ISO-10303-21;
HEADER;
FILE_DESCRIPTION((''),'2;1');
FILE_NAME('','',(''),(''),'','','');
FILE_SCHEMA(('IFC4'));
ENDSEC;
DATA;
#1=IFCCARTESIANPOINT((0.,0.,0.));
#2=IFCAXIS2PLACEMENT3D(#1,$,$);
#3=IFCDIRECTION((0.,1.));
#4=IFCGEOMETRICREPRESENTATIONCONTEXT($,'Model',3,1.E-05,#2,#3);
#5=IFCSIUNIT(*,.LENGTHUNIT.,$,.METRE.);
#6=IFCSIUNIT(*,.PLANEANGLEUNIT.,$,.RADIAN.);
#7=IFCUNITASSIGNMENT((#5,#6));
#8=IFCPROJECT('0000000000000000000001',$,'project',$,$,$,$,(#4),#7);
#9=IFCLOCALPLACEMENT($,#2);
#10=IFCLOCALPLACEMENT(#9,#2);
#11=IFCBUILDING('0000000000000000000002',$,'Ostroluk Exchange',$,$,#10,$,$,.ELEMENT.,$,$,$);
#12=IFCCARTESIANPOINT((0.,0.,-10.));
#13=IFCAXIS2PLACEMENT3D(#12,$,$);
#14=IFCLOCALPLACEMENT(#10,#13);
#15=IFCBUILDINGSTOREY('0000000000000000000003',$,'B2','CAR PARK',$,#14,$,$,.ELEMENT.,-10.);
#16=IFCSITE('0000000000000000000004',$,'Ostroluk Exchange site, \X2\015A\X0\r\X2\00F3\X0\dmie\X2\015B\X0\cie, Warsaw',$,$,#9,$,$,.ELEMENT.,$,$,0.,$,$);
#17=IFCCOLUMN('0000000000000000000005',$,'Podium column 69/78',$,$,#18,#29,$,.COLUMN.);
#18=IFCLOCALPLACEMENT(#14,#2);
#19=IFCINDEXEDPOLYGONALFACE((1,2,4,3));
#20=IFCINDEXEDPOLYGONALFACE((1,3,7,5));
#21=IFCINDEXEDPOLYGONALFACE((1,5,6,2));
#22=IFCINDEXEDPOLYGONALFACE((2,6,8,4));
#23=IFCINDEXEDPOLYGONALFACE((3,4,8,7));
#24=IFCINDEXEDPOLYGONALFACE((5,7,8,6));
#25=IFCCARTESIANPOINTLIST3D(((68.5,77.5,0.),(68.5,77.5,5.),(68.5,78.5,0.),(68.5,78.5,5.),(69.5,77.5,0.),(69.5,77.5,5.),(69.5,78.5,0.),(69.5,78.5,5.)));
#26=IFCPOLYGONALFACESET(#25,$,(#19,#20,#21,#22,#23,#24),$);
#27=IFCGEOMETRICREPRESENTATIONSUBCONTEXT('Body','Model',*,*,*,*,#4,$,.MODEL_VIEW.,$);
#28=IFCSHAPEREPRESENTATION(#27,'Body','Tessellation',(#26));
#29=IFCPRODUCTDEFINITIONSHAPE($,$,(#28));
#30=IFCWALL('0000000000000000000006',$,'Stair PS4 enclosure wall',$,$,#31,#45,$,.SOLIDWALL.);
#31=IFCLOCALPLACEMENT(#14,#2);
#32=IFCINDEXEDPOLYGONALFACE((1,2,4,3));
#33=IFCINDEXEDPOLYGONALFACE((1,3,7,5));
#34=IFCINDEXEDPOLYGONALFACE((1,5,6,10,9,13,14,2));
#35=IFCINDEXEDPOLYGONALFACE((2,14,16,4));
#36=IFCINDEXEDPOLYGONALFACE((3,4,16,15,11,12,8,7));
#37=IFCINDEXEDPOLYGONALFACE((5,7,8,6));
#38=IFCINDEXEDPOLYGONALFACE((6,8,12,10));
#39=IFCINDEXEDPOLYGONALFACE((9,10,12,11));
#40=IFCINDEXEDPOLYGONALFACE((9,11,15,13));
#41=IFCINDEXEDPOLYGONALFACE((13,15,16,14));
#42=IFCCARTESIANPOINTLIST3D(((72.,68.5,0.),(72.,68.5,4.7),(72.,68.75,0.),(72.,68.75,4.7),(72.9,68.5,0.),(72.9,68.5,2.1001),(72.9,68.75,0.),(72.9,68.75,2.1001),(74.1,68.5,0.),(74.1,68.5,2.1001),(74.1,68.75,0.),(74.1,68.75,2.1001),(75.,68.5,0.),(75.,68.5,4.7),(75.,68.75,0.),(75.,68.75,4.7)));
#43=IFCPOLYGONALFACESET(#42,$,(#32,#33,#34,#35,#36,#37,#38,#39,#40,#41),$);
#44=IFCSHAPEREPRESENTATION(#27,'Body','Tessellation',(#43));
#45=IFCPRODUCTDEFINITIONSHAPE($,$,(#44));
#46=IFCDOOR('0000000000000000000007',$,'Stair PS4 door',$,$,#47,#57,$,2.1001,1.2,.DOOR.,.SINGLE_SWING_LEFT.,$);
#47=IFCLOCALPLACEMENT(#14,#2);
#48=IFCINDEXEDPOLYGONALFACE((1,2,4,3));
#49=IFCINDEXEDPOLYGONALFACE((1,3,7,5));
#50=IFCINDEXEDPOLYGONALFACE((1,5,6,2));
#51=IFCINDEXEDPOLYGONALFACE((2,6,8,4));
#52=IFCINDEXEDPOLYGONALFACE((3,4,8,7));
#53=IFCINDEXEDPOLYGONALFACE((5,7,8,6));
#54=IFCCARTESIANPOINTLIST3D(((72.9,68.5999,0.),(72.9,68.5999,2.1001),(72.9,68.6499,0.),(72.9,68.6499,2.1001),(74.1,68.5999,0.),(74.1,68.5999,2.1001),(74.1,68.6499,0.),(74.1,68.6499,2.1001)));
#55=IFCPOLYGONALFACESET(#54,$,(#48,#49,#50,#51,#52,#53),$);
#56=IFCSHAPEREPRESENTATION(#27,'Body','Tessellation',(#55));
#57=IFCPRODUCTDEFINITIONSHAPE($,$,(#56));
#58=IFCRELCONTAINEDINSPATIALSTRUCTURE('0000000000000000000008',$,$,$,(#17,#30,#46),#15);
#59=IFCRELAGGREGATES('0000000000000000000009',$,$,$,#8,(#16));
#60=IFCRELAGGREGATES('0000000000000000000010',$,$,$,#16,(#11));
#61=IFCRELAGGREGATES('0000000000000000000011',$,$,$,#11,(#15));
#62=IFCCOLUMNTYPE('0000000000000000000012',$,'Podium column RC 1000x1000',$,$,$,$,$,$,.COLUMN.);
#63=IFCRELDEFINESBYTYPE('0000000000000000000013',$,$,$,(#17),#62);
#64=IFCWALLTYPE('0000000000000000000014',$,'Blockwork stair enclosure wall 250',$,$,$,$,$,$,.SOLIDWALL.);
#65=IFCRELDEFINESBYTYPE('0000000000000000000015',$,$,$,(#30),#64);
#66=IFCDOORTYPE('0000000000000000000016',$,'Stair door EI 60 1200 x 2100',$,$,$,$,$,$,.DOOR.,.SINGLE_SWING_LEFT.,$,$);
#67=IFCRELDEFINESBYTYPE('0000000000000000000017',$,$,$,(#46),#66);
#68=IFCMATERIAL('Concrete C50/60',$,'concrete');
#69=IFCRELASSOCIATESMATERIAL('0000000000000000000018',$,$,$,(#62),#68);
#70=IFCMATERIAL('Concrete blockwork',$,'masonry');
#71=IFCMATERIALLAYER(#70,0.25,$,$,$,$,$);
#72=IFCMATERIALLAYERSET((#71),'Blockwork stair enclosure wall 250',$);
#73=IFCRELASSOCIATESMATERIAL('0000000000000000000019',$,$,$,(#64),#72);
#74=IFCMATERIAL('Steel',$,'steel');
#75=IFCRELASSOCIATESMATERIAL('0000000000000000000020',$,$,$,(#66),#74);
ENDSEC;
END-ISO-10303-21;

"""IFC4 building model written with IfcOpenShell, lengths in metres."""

from ifc_helpers import new_model, si_unit, direction, frame, frame_2d, origin, origin_2d, place, context, subcontext, project, spatial, rectangle, extrude, material, layer, layer_set, material_profile, profile_set, type_object, element, fill, save


model = new_model("IFC4")

# Units and contexts
model_context = context("Model", 3, precision=1e-05, world=origin(), true_north=direction((0.0, 1.0)))
body_context = subcontext(model_context, "Body", "Model", "MODEL_VIEW")
ifc_project = project(units=[si_unit("LENGTHUNIT", "METRE"), si_unit("PLANEANGLEUNIT", "RADIAN")], contexts=[model_context])

# Site, building, storey
site_placement = place(None, origin())
site = spatial("IfcSite", under=ifc_project, at=site_placement, Name="Ostroluk Exchange site, Śródmieście, Warsaw", CompositionType="ELEMENT", RefElevation=0.0)
building_placement = place(site_placement, origin())
building = spatial("IfcBuilding", under=site, at=building_placement, Name="Ostroluk Exchange", CompositionType="ELEMENT")
storey_placement = place(building_placement, frame((0.0, 0.0, -10.0)))
storey = spatial("IfcBuildingStorey", under=building, at=storey_placement, Name="B2", Description="CAR PARK", CompositionType="ELEMENT", Elevation=-10.0)

# Column
ifc_material_1 = material(Name="Concrete C50/60", Category="concrete")
ifc_material_profile_1 = material_profile(ifc_material_1, rectangle(XDim=1.0, YDim=1.0, at=origin_2d()), Name="RC 1000x1000")
ifc_profile_set_1 = profile_set([ifc_material_profile_1], Name="Concrete C50/60")
column_type_1 = type_object("IfcColumnType", Name="Podium column RC 1000x1000", PredefinedType="COLUMN", material=ifc_profile_set_1)
for number, where, z_axis, x_axis, name in (
    (1, (69.0, 78.0, 0.0), (0.0, 0.0, 1.0), (1.0, 0.0, 0.0), "Podium column 69/78"),
):
    element("IfcColumn", number, at=place(storey_placement, frame(where, z_axis=z_axis, x_axis=x_axis)), inside=storey, type_object=column_type_1, Name=name, PredefinedType="COLUMN", context=body_context, shape_type="SweptSolid", body=[
        extrude(rectangle(XDim=1.0, YDim=1.0, at=origin_2d()), origin(), (0.0, 0.0, 1.0), 5.0),
    ])

# Wall, opening, door
ifc_material_2 = material(Name="Concrete blockwork", Category="masonry")
ifc_layer_1 = layer(ifc_material_2, 0.25)
ifc_layer_set_1 = layer_set([ifc_layer_1], Name="Blockwork stair enclosure wall 250")
wall_type = type_object("IfcWallType", Name="Blockwork stair enclosure wall 250", PredefinedType="SOLIDWALL", material=ifc_layer_set_1)
wall_placement = place(storey_placement, frame((72.0, 68.625, 0.0), z_axis=(0.0, 0.0, 1.0), x_axis=(1.0, 0.0, 0.0)))
wall = element("IfcWall", 2, at=wall_placement, inside=storey, type_object=wall_type, Name="Stair PS4 enclosure wall", PredefinedType="SOLIDWALL", context=body_context, shape_type="SweptSolid", body=[
    extrude(rectangle(XDim=3.0, YDim=0.25, at=frame_2d((1.5, 0.0))), origin(), (0.0, 0.0, 1.0), 4.7),
])
opening_placement = place(wall_placement, frame((0.8999, 0.0, 0.0)))
opening = element("IfcOpeningElement", 3, at=opening_placement, cuts=wall, PredefinedType="OPENING", context=body_context, shape_type="SweptSolid", body=[
    extrude(rectangle(XDim=1.2, YDim=2.1001, at=frame_2d((0.6001, 1.05))), frame((0.0, 0.135, 0.0), z_axis=(0.0, -1.0, 0.0), x_axis=(1.0, 0.0, 0.0)), (0.0, 0.0, 1.0), 0.27),
])
ifc_material_3 = material(Name="Steel", Category="steel")
door_type = type_object("IfcDoorType", Name="Stair door EI 60 1200 x 2100", OperationType="SINGLE_SWING_LEFT", PredefinedType="DOOR", material=ifc_material_3)
door_placement = place(opening_placement, origin())
door = element("IfcDoor", 4, at=door_placement, inside=storey, type_object=door_type, Name="Stair PS4 door", OperationType="SINGLE_SWING_LEFT", OverallHeight=2.1001, OverallWidth=1.2, PredefinedType="DOOR", context=body_context, shape_type="SweptSolid", body=[
    extrude(rectangle(XDim=1.2, YDim=2.1001, at=frame_2d((0.6001, 1.05))), frame((0.0, 0.0249, 0.0), z_axis=(0.0, -1.0, 0.0), x_axis=(1.0, 0.0, 0.0)), (0.0, 0.0, 1.0), 0.05),
])
fill(opening, door)

save(model, "model.ifc")
